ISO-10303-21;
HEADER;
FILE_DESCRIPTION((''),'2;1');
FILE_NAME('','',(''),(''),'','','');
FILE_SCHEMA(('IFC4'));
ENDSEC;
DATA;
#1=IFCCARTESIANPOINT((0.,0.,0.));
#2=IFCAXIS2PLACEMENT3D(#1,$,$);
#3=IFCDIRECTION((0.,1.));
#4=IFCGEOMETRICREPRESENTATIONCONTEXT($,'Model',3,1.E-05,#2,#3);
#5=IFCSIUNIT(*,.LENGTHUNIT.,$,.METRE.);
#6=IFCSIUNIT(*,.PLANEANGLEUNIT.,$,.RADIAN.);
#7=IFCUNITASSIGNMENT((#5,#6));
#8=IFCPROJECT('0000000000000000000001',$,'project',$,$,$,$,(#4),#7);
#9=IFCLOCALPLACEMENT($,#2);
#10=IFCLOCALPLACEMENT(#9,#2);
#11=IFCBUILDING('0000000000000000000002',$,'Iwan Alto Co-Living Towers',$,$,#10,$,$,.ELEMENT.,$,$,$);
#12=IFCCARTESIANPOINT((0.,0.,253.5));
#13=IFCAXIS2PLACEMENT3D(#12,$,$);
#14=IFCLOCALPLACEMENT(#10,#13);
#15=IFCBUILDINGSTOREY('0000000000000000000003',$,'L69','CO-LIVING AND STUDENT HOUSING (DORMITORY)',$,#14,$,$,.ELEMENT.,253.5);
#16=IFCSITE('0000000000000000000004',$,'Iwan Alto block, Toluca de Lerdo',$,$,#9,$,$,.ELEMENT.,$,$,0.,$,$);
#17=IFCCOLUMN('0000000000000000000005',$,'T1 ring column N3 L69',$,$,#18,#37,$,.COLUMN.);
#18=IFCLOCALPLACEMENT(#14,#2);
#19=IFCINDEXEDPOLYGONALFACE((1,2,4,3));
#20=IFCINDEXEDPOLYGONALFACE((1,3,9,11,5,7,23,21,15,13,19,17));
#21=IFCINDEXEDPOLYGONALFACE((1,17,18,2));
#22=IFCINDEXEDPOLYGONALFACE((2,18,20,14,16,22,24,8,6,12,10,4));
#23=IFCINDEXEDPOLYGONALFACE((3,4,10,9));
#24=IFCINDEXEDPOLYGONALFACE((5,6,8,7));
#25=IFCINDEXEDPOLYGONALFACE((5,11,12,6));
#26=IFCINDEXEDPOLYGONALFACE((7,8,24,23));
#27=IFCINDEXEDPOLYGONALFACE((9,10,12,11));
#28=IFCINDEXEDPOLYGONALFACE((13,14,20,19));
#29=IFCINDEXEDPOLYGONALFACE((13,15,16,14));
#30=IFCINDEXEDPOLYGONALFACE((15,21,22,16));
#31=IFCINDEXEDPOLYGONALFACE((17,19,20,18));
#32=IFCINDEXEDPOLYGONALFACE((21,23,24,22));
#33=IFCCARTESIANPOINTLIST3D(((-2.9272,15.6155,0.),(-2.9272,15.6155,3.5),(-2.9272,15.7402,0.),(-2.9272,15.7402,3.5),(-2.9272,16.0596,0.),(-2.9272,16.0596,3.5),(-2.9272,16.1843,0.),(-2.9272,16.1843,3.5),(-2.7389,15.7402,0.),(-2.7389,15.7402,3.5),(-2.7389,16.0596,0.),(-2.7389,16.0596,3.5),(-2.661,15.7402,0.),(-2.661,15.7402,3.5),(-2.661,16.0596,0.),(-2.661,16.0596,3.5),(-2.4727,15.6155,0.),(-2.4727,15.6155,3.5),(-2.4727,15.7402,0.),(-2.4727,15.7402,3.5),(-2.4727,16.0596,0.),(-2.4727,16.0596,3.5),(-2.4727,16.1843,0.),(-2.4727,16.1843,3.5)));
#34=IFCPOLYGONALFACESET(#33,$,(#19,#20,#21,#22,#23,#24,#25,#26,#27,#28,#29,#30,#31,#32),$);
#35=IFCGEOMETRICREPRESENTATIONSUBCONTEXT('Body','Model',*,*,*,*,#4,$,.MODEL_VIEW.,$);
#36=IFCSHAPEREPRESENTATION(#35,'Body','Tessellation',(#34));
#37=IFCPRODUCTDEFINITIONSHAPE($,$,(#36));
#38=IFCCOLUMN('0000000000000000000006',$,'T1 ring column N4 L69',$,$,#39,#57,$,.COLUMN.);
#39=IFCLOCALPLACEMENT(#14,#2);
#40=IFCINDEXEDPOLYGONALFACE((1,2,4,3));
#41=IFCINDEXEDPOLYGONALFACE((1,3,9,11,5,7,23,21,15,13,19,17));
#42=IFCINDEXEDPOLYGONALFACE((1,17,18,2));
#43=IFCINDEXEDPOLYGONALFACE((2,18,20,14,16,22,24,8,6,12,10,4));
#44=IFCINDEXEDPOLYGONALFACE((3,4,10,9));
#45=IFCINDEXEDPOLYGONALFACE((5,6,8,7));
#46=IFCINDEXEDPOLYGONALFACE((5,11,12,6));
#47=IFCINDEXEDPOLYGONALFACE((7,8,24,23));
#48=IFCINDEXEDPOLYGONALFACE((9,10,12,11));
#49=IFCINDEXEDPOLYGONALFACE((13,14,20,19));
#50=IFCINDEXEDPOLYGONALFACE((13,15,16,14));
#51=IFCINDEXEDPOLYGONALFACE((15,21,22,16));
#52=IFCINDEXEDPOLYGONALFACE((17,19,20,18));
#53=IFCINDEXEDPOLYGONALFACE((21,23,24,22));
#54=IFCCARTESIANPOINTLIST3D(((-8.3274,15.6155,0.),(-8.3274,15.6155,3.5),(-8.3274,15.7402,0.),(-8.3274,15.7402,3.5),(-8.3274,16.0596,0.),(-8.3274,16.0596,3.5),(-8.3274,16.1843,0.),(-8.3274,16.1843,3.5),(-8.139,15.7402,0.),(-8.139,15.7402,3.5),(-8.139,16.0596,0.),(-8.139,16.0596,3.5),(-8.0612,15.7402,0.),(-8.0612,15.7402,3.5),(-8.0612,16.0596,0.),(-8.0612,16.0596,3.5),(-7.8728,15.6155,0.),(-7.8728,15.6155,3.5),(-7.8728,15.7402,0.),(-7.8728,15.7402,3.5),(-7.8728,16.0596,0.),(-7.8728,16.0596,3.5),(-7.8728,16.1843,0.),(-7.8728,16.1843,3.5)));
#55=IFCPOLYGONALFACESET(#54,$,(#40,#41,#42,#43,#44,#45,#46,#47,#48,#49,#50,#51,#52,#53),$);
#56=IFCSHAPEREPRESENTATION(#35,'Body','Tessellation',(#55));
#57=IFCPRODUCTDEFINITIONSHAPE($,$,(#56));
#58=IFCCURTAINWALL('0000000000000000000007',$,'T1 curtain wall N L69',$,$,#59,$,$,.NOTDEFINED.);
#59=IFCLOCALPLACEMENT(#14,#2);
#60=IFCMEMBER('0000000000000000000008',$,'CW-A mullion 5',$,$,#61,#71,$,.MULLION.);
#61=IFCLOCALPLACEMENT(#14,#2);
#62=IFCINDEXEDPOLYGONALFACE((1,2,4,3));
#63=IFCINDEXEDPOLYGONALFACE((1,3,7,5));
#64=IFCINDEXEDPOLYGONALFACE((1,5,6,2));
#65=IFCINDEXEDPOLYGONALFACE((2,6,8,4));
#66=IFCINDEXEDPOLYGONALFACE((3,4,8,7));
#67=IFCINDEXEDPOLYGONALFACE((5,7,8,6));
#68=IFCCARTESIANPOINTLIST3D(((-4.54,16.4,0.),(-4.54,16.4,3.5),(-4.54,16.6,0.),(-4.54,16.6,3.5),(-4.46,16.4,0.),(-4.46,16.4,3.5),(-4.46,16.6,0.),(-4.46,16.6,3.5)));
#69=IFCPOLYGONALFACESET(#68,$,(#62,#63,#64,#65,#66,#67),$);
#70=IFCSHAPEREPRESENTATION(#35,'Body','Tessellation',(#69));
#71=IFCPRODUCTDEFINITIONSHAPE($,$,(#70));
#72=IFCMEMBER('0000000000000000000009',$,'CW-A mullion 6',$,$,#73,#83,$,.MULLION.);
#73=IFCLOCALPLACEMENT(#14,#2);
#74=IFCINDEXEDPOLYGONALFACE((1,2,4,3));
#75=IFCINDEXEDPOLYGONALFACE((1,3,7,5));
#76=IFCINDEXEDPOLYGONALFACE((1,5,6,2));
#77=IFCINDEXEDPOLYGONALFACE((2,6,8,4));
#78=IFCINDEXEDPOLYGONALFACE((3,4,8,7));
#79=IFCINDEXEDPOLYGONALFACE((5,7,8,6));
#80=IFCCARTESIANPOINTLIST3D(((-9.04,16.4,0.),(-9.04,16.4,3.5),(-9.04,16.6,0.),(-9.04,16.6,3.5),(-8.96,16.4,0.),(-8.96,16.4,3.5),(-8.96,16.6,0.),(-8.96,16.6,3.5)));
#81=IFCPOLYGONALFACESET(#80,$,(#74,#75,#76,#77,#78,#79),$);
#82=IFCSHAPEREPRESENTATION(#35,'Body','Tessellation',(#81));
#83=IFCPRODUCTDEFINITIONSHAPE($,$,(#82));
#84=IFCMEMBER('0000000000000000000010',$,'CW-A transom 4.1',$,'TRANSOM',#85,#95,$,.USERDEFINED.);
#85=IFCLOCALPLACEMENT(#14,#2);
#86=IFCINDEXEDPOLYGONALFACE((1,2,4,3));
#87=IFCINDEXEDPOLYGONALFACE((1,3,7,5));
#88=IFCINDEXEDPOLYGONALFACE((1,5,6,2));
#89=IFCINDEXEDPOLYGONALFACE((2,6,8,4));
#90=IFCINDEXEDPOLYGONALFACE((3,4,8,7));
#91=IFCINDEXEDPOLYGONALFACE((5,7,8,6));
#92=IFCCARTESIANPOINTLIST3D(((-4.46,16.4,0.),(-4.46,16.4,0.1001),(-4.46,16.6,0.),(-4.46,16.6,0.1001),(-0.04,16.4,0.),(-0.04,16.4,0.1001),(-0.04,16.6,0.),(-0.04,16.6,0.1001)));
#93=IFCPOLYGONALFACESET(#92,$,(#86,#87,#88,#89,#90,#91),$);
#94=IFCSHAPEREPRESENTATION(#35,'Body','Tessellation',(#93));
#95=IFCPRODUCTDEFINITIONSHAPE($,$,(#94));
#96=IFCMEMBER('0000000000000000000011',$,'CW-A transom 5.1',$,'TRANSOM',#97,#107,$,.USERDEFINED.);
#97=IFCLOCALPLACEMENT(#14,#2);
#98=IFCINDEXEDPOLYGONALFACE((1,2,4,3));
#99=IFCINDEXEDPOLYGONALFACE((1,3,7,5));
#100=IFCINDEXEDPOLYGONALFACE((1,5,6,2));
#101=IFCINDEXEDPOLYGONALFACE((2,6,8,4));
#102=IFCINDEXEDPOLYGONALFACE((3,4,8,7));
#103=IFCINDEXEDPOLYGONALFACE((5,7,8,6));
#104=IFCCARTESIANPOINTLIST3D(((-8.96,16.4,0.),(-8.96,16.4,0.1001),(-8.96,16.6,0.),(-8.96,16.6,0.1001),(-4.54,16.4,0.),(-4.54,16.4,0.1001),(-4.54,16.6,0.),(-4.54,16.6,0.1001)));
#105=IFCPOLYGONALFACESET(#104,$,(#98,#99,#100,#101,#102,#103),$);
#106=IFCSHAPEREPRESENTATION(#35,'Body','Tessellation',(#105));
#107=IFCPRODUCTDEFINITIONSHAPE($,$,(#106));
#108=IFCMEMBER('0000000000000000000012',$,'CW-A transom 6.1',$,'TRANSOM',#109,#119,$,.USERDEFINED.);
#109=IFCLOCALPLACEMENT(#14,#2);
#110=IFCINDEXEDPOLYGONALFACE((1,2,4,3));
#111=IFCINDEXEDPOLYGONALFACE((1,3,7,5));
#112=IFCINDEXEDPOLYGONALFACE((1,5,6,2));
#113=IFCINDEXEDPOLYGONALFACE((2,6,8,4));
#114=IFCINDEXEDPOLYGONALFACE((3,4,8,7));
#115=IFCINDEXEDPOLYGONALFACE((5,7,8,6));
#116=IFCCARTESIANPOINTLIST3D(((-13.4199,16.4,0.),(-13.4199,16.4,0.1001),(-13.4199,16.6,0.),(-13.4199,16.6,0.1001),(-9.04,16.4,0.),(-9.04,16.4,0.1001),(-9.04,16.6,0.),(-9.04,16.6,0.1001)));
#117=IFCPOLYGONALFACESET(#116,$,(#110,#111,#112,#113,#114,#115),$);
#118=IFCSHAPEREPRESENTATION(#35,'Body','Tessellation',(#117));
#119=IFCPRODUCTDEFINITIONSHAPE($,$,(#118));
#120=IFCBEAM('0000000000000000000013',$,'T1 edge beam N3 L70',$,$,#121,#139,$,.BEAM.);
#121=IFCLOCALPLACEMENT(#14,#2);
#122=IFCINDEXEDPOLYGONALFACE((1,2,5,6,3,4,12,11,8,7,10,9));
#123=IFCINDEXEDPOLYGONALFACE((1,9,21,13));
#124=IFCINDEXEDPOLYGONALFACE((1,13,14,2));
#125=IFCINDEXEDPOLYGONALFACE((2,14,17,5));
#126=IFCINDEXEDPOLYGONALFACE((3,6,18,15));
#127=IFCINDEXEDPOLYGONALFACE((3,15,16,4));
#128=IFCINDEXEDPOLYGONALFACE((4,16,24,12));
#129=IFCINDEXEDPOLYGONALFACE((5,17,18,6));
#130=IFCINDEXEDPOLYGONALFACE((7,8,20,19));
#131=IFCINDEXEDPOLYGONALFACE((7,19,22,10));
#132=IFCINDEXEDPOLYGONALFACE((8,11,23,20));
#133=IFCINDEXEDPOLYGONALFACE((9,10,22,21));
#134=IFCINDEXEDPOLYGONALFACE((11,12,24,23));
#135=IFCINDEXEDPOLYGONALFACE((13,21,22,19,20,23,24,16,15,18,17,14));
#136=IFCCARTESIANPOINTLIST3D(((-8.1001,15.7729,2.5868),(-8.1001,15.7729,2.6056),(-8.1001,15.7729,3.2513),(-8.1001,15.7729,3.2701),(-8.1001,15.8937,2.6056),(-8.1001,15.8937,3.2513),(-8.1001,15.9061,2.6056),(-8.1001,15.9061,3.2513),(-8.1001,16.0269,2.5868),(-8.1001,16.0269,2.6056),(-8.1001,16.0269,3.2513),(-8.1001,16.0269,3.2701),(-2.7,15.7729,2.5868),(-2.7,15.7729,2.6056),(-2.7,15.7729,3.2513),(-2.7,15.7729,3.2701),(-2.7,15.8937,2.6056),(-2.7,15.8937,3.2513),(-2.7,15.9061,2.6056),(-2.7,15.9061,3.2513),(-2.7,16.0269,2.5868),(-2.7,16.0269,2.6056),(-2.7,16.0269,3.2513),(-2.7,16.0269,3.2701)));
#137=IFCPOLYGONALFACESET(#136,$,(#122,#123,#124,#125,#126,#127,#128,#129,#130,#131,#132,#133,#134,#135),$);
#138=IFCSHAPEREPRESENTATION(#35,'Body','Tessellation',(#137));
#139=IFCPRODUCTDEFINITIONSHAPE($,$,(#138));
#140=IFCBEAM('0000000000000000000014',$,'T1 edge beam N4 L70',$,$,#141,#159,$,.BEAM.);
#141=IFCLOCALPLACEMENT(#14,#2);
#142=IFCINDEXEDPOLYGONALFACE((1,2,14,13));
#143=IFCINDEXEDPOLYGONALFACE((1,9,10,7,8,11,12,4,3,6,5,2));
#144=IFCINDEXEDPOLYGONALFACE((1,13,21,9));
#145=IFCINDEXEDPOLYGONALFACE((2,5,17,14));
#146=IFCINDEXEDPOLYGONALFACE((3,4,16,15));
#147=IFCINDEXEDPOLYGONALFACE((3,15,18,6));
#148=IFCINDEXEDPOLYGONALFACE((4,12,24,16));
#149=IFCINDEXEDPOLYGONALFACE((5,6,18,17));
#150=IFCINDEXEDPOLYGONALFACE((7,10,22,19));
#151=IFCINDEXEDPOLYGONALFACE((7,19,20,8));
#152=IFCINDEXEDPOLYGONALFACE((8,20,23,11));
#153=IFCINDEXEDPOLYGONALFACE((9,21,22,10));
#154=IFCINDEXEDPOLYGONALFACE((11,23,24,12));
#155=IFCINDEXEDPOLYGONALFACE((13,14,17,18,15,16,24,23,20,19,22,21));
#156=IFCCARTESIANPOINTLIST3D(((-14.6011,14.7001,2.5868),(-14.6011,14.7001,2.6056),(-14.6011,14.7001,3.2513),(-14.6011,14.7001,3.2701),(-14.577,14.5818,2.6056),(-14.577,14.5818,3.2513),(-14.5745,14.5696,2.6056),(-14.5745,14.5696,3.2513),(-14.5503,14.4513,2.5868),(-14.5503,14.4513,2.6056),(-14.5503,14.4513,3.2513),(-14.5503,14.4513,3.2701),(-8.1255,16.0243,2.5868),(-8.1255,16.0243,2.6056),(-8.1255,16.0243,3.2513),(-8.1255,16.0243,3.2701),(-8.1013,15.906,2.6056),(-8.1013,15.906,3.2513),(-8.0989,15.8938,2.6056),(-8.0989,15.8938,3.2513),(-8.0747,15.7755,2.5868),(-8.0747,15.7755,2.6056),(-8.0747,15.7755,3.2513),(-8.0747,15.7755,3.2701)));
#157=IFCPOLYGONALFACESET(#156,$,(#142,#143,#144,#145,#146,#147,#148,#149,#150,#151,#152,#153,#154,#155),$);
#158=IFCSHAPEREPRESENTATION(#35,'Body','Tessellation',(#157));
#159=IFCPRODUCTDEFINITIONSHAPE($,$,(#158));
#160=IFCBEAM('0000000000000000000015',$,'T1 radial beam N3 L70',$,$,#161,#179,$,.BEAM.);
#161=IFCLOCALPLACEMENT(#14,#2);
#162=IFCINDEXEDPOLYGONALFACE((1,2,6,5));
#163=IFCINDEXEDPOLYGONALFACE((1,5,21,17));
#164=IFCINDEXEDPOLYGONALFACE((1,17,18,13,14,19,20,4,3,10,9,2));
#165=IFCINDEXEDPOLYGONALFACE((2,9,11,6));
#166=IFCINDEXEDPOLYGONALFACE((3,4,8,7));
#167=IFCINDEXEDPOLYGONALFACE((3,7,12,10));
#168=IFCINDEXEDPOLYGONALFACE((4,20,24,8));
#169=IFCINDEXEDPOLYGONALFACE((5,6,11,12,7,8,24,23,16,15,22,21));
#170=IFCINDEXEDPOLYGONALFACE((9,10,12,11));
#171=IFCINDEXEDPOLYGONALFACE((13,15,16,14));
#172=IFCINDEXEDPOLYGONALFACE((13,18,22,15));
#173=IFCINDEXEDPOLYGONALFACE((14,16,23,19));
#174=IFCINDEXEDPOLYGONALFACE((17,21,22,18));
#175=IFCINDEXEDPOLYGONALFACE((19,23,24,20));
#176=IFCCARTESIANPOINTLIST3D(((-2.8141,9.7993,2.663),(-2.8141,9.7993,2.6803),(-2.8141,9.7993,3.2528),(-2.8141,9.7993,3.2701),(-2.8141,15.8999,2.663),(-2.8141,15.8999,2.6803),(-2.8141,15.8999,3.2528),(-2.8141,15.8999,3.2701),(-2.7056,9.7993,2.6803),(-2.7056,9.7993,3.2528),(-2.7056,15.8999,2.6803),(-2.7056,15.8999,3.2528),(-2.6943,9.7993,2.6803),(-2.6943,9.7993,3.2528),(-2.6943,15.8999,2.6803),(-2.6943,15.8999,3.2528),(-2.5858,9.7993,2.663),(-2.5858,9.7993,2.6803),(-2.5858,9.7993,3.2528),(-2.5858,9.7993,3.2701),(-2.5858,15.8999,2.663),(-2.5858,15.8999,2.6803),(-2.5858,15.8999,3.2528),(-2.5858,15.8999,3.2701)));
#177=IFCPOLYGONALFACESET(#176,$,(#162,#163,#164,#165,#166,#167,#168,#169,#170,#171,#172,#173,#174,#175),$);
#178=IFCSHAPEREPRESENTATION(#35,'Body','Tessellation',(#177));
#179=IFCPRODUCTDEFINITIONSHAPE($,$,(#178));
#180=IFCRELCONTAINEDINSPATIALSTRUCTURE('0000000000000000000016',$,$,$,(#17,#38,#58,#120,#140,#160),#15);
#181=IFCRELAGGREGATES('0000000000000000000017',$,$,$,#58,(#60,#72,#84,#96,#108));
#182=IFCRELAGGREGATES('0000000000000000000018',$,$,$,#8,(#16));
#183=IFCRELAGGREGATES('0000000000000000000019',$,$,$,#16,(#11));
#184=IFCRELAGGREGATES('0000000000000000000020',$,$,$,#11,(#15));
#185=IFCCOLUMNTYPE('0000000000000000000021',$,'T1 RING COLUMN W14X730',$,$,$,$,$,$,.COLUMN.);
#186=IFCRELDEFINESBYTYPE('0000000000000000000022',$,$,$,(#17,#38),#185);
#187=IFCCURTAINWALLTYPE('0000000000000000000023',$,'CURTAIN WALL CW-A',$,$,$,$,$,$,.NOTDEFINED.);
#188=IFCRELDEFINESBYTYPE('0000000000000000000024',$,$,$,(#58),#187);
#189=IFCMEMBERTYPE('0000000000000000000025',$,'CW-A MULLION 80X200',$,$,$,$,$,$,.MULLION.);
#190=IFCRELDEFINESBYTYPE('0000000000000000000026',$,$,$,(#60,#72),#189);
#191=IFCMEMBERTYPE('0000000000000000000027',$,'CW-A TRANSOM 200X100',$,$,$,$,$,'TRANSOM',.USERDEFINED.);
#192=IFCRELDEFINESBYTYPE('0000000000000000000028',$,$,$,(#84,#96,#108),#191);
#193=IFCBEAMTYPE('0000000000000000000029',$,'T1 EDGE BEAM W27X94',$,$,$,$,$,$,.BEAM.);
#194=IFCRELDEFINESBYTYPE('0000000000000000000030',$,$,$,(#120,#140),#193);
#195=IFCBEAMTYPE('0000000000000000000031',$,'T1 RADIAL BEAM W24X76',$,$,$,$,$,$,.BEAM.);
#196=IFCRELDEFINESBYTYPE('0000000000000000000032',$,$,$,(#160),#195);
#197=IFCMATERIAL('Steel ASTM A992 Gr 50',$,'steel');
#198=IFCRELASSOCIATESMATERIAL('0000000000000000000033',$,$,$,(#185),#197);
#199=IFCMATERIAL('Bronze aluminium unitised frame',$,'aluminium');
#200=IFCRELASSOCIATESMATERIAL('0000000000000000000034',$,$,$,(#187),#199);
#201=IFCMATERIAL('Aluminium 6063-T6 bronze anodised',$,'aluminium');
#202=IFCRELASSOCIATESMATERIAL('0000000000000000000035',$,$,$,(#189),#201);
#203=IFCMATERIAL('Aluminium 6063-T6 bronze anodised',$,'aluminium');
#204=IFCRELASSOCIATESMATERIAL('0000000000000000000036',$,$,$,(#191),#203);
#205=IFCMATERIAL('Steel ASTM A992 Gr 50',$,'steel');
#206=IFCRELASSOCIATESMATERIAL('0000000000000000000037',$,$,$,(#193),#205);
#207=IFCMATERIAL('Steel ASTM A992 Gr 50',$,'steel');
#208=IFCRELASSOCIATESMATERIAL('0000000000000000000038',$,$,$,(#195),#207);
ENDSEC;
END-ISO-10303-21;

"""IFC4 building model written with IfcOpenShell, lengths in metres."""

from ifc_helpers import new_model, si_unit, direction, frame, origin, origin_2d, place, context, subcontext, project, spatial, rectangle, i_section, extrude, material, material_profile, profile_set, type_object, element, aggregate, save


model = new_model("IFC4")

# Units and contexts
model_context = context("Model", 3, precision=1e-05, world=origin(), true_north=direction((0.0, 1.0)))
body_context = subcontext(model_context, "Body", "Model", "MODEL_VIEW")
ifc_project = project(units=[si_unit("LENGTHUNIT", "METRE"), si_unit("PLANEANGLEUNIT", "RADIAN")], contexts=[model_context])

# Site, building, storey
site_placement = place(None, origin())
site = spatial("IfcSite", under=ifc_project, at=site_placement, Name="Iwan Alto block, Toluca de Lerdo", CompositionType="ELEMENT", RefElevation=0.0)
building_placement = place(site_placement, origin())
building = spatial("IfcBuilding", under=site, at=building_placement, Name="Iwan Alto Co-Living Towers", CompositionType="ELEMENT")
storey_placement = place(building_placement, frame((0.0, 0.0, 253.5)))
storey = spatial("IfcBuildingStorey", under=building, at=storey_placement, Name="L69", Description="CO-LIVING AND STUDENT HOUSING (DORMITORY)", CompositionType="ELEMENT", Elevation=253.5)

# Columns
ifc_material_1 = material(Name="Steel ASTM A992 Gr 50", Category="steel")
ifc_material_profile_1 = material_profile(ifc_material_1, i_section(OverallWidth=0.4546, OverallDepth=0.5688, WebThickness=0.0779, FlangeThickness=0.1248, at=origin_2d()), Name="W14X730")
ifc_profile_set_1 = profile_set([ifc_material_profile_1], Name="Steel ASTM A992 Gr 50")
column_type = type_object("IfcColumnType", Name="T1 RING COLUMN W14X730", PredefinedType="COLUMN", material=ifc_profile_set_1)
for number, where, z_axis, x_axis, name in (
    (1, (-2.7, 15.8999, 0.0), (0.0, 0.0, 1.0), (1.0, 0.0, 0.0), "T1 ring column N3 L69"),
    (2, (-8.1001, 15.8999, 0.0), (0.0, 0.0, 1.0), (1.0, 0.0, 0.0), "T1 ring column N4 L69"),
):
    element("IfcColumn", number, at=place(storey_placement, frame(where, z_axis=z_axis, x_axis=x_axis)), inside=storey, type_object=column_type, Name=name, PredefinedType="COLUMN", context=body_context, shape_type="SweptSolid", body=[
        extrude(i_section(OverallWidth=0.4546, OverallDepth=0.5688, WebThickness=0.0779, FlangeThickness=0.1248, at=origin_2d()), origin(), (0.0, 0.0, 1.0), 3.5),
    ])

# Curtain wall, members
ifc_material_2 = material(Name="Bronze aluminium unitised frame", Category="aluminium")
curtain_wall_type = type_object("IfcCurtainWallType", Name="CURTAIN WALL CW-A", PredefinedType="NOTDEFINED", material=ifc_material_2)
curtain_wall_placement = place(storey_placement, origin())
curtain_wall = element("IfcCurtainWall", 3, at=curtain_wall_placement, inside=storey, type_object=curtain_wall_type, Name="T1 curtain wall N L69", PredefinedType="NOTDEFINED")
ifc_material_3 = material(Name="Aluminium 6063-T6 bronze anodised", Category="aluminium")
ifc_material_profile_2 = material_profile(ifc_material_3, rectangle(XDim=0.2, YDim=0.0801, at=origin_2d()), Name="AL 80X200")
ifc_profile_set_2 = profile_set([ifc_material_profile_2], Name="Aluminium 6063-T6 bronze anodised")
member_type_1 = type_object("IfcMemberType", Name="CW-A MULLION 80X200", PredefinedType="MULLION", material=ifc_profile_set_2)
member_1_placement = place(storey_placement, frame((-4.5, 16.5, 0.0), z_axis=(0.0, 0.0, 1.0), x_axis=(0.0, -1.0, 0.0)))
member_1 = element("IfcMember", 4, at=member_1_placement, type_object=member_type_1, Name="CW-A mullion 5", PredefinedType="MULLION", context=body_context, shape_type="SweptSolid", body=[
    extrude(rectangle(XDim=0.2, YDim=0.0801, at=origin_2d()), origin(), (0.0, 0.0, 1.0), 3.5),
])
member_2_placement = place(storey_placement, frame((-9.0, 16.5, 0.0), z_axis=(0.0, 0.0, 1.0), x_axis=(0.0, -1.0, 0.0)))
member_2 = element("IfcMember", 5, at=member_2_placement, type_object=member_type_1, Name="CW-A mullion 6", PredefinedType="MULLION", context=body_context, shape_type="SweptSolid", body=[
    extrude(rectangle(XDim=0.2, YDim=0.0801, at=origin_2d()), origin(), (0.0, 0.0, 1.0), 3.5),
])
ifc_material_4 = material(Name="Aluminium 6063-T6 bronze anodised", Category="aluminium")
ifc_material_profile_3 = material_profile(ifc_material_4, rectangle(XDim=0.2, YDim=0.1001, at=origin_2d()), Name="AL 200X100")
ifc_profile_set_3 = profile_set([ifc_material_profile_3], Name="Aluminium 6063-T6 bronze anodised")
member_type_2 = type_object("IfcMemberType", Name="CW-A TRANSOM 200X100", ElementType="TRANSOM", PredefinedType="USERDEFINED", material=ifc_profile_set_3)
member_3_placement = place(storey_placement, frame((-0.04, 16.5, 0.05), z_axis=(-1.0, 0.0, 0.0), x_axis=(0.0, -1.0, 0.0)))
member_3 = element("IfcMember", 6, at=member_3_placement, type_object=member_type_2, Name="CW-A transom 4.1", ObjectType="TRANSOM", PredefinedType="USERDEFINED", context=body_context, shape_type="SweptSolid", body=[
    extrude(rectangle(XDim=0.2, YDim=0.1001, at=origin_2d()), origin(), (0.0, 0.0, 1.0), 4.4199),
])
member_4_placement = place(storey_placement, frame((-4.54, 16.5, 0.05), z_axis=(-1.0, 0.0, 0.0), x_axis=(0.0, -1.0, 0.0)))
member_4 = element("IfcMember", 7, at=member_4_placement, type_object=member_type_2, Name="CW-A transom 5.1", ObjectType="TRANSOM", PredefinedType="USERDEFINED", context=body_context, shape_type="SweptSolid", body=[
    extrude(rectangle(XDim=0.2, YDim=0.1001, at=origin_2d()), origin(), (0.0, 0.0, 1.0), 4.4199),
])
member_5_placement = place(storey_placement, frame((-9.04, 16.5, 0.05), z_axis=(-1.0, 0.0, 0.0), x_axis=(0.0, -1.0, 0.0)))
member_5 = element("IfcMember", 8, at=member_5_placement, type_object=member_type_2, Name="CW-A transom 6.1", ObjectType="TRANSOM", PredefinedType="USERDEFINED", context=body_context, shape_type="SweptSolid", body=[
    extrude(rectangle(XDim=0.2, YDim=0.1001, at=origin_2d()), origin(), (0.0, 0.0, 1.0), 4.3799),
])

# Beams
ifc_material_5 = material(Name="Steel ASTM A992 Gr 50", Category="steel")
ifc_material_profile_4 = material_profile(ifc_material_5, i_section(OverallWidth=0.2539, OverallDepth=0.6833, WebThickness=0.0125, FlangeThickness=0.0188, at=origin_2d()), Name="W27X94")
ifc_profile_set_4 = profile_set([ifc_material_profile_4], Name="Steel ASTM A992 Gr 50")
beam_type_1 = type_object("IfcBeamType", Name="T1 EDGE BEAM W27X94", PredefinedType="BEAM", material=ifc_profile_set_4)
beam_1_placement = place(storey_placement, frame((-2.7, 15.8999, 2.9285), z_axis=(-1.0, 0.0, 0.0), x_axis=(0.0, -1.0, 0.0)))
element("IfcBeam", 9, at=beam_1_placement, inside=storey, type_object=beam_type_1, Name="T1 edge beam N3 L70", PredefinedType="BEAM", context=body_context, shape_type="SweptSolid", body=[
    extrude(i_section(OverallWidth=0.2539, OverallDepth=0.6833, WebThickness=0.0125, FlangeThickness=0.0188, at=origin_2d()), origin(), (0.0, 0.0, 1.0), 5.4001),
])
beam_2_placement = place(storey_placement, frame((-8.1001, 15.8999, 2.9285), z_axis=(-0.979725, -0.200348, 0.0), x_axis=(0.200348, -0.979725, 0.0)))
element("IfcBeam", 10, at=beam_2_placement, inside=storey, type_object=beam_type_1, Name="T1 edge beam N4 L70", PredefinedType="BEAM", context=body_context, shape_type="SweptSolid", body=[
    extrude(i_section(OverallWidth=0.2539, OverallDepth=0.6833, WebThickness=0.0125, FlangeThickness=0.0188, at=origin_2d()), origin(), (0.0, 0.0, 1.0), 6.6096),
])
ifc_material_6 = material(Name="Steel ASTM A992 Gr 50", Category="steel")
ifc_material_profile_5 = material_profile(ifc_material_6, i_section(OverallWidth=0.2283, OverallDepth=0.6072, WebThickness=0.0112, FlangeThickness=0.0173, at=origin_2d()), Name="W24X76")
ifc_profile_set_5 = profile_set([ifc_material_profile_5], Name="Steel ASTM A992 Gr 50")
beam_type_2 = type_object("IfcBeamType", Name="T1 RADIAL BEAM W24X76", PredefinedType="BEAM", material=ifc_profile_set_5)
for number, where, z_axis, x_axis, name in (
    (11, (-2.7, 15.8999, 2.9666), (0.0, -1.0, 0.0), (1.0, 0.0, 0.0), "T1 radial beam N3 L70"),
):
    element("IfcBeam", number, at=place(storey_placement, frame(where, z_axis=z_axis, x_axis=x_axis)), inside=storey, type_object=beam_type_2, Name=name, PredefinedType="BEAM", context=body_context, shape_type="SweptSolid", body=[
        extrude(i_section(OverallWidth=0.2283, OverallDepth=0.6072, WebThickness=0.0112, FlangeThickness=0.0173, at=origin_2d()), origin(), (0.0, 0.0, 1.0), 6.1006),
    ])

aggregate(curtain_wall, [member_1, member_2, member_3, member_4, member_5])

save(model, "model.ifc")
